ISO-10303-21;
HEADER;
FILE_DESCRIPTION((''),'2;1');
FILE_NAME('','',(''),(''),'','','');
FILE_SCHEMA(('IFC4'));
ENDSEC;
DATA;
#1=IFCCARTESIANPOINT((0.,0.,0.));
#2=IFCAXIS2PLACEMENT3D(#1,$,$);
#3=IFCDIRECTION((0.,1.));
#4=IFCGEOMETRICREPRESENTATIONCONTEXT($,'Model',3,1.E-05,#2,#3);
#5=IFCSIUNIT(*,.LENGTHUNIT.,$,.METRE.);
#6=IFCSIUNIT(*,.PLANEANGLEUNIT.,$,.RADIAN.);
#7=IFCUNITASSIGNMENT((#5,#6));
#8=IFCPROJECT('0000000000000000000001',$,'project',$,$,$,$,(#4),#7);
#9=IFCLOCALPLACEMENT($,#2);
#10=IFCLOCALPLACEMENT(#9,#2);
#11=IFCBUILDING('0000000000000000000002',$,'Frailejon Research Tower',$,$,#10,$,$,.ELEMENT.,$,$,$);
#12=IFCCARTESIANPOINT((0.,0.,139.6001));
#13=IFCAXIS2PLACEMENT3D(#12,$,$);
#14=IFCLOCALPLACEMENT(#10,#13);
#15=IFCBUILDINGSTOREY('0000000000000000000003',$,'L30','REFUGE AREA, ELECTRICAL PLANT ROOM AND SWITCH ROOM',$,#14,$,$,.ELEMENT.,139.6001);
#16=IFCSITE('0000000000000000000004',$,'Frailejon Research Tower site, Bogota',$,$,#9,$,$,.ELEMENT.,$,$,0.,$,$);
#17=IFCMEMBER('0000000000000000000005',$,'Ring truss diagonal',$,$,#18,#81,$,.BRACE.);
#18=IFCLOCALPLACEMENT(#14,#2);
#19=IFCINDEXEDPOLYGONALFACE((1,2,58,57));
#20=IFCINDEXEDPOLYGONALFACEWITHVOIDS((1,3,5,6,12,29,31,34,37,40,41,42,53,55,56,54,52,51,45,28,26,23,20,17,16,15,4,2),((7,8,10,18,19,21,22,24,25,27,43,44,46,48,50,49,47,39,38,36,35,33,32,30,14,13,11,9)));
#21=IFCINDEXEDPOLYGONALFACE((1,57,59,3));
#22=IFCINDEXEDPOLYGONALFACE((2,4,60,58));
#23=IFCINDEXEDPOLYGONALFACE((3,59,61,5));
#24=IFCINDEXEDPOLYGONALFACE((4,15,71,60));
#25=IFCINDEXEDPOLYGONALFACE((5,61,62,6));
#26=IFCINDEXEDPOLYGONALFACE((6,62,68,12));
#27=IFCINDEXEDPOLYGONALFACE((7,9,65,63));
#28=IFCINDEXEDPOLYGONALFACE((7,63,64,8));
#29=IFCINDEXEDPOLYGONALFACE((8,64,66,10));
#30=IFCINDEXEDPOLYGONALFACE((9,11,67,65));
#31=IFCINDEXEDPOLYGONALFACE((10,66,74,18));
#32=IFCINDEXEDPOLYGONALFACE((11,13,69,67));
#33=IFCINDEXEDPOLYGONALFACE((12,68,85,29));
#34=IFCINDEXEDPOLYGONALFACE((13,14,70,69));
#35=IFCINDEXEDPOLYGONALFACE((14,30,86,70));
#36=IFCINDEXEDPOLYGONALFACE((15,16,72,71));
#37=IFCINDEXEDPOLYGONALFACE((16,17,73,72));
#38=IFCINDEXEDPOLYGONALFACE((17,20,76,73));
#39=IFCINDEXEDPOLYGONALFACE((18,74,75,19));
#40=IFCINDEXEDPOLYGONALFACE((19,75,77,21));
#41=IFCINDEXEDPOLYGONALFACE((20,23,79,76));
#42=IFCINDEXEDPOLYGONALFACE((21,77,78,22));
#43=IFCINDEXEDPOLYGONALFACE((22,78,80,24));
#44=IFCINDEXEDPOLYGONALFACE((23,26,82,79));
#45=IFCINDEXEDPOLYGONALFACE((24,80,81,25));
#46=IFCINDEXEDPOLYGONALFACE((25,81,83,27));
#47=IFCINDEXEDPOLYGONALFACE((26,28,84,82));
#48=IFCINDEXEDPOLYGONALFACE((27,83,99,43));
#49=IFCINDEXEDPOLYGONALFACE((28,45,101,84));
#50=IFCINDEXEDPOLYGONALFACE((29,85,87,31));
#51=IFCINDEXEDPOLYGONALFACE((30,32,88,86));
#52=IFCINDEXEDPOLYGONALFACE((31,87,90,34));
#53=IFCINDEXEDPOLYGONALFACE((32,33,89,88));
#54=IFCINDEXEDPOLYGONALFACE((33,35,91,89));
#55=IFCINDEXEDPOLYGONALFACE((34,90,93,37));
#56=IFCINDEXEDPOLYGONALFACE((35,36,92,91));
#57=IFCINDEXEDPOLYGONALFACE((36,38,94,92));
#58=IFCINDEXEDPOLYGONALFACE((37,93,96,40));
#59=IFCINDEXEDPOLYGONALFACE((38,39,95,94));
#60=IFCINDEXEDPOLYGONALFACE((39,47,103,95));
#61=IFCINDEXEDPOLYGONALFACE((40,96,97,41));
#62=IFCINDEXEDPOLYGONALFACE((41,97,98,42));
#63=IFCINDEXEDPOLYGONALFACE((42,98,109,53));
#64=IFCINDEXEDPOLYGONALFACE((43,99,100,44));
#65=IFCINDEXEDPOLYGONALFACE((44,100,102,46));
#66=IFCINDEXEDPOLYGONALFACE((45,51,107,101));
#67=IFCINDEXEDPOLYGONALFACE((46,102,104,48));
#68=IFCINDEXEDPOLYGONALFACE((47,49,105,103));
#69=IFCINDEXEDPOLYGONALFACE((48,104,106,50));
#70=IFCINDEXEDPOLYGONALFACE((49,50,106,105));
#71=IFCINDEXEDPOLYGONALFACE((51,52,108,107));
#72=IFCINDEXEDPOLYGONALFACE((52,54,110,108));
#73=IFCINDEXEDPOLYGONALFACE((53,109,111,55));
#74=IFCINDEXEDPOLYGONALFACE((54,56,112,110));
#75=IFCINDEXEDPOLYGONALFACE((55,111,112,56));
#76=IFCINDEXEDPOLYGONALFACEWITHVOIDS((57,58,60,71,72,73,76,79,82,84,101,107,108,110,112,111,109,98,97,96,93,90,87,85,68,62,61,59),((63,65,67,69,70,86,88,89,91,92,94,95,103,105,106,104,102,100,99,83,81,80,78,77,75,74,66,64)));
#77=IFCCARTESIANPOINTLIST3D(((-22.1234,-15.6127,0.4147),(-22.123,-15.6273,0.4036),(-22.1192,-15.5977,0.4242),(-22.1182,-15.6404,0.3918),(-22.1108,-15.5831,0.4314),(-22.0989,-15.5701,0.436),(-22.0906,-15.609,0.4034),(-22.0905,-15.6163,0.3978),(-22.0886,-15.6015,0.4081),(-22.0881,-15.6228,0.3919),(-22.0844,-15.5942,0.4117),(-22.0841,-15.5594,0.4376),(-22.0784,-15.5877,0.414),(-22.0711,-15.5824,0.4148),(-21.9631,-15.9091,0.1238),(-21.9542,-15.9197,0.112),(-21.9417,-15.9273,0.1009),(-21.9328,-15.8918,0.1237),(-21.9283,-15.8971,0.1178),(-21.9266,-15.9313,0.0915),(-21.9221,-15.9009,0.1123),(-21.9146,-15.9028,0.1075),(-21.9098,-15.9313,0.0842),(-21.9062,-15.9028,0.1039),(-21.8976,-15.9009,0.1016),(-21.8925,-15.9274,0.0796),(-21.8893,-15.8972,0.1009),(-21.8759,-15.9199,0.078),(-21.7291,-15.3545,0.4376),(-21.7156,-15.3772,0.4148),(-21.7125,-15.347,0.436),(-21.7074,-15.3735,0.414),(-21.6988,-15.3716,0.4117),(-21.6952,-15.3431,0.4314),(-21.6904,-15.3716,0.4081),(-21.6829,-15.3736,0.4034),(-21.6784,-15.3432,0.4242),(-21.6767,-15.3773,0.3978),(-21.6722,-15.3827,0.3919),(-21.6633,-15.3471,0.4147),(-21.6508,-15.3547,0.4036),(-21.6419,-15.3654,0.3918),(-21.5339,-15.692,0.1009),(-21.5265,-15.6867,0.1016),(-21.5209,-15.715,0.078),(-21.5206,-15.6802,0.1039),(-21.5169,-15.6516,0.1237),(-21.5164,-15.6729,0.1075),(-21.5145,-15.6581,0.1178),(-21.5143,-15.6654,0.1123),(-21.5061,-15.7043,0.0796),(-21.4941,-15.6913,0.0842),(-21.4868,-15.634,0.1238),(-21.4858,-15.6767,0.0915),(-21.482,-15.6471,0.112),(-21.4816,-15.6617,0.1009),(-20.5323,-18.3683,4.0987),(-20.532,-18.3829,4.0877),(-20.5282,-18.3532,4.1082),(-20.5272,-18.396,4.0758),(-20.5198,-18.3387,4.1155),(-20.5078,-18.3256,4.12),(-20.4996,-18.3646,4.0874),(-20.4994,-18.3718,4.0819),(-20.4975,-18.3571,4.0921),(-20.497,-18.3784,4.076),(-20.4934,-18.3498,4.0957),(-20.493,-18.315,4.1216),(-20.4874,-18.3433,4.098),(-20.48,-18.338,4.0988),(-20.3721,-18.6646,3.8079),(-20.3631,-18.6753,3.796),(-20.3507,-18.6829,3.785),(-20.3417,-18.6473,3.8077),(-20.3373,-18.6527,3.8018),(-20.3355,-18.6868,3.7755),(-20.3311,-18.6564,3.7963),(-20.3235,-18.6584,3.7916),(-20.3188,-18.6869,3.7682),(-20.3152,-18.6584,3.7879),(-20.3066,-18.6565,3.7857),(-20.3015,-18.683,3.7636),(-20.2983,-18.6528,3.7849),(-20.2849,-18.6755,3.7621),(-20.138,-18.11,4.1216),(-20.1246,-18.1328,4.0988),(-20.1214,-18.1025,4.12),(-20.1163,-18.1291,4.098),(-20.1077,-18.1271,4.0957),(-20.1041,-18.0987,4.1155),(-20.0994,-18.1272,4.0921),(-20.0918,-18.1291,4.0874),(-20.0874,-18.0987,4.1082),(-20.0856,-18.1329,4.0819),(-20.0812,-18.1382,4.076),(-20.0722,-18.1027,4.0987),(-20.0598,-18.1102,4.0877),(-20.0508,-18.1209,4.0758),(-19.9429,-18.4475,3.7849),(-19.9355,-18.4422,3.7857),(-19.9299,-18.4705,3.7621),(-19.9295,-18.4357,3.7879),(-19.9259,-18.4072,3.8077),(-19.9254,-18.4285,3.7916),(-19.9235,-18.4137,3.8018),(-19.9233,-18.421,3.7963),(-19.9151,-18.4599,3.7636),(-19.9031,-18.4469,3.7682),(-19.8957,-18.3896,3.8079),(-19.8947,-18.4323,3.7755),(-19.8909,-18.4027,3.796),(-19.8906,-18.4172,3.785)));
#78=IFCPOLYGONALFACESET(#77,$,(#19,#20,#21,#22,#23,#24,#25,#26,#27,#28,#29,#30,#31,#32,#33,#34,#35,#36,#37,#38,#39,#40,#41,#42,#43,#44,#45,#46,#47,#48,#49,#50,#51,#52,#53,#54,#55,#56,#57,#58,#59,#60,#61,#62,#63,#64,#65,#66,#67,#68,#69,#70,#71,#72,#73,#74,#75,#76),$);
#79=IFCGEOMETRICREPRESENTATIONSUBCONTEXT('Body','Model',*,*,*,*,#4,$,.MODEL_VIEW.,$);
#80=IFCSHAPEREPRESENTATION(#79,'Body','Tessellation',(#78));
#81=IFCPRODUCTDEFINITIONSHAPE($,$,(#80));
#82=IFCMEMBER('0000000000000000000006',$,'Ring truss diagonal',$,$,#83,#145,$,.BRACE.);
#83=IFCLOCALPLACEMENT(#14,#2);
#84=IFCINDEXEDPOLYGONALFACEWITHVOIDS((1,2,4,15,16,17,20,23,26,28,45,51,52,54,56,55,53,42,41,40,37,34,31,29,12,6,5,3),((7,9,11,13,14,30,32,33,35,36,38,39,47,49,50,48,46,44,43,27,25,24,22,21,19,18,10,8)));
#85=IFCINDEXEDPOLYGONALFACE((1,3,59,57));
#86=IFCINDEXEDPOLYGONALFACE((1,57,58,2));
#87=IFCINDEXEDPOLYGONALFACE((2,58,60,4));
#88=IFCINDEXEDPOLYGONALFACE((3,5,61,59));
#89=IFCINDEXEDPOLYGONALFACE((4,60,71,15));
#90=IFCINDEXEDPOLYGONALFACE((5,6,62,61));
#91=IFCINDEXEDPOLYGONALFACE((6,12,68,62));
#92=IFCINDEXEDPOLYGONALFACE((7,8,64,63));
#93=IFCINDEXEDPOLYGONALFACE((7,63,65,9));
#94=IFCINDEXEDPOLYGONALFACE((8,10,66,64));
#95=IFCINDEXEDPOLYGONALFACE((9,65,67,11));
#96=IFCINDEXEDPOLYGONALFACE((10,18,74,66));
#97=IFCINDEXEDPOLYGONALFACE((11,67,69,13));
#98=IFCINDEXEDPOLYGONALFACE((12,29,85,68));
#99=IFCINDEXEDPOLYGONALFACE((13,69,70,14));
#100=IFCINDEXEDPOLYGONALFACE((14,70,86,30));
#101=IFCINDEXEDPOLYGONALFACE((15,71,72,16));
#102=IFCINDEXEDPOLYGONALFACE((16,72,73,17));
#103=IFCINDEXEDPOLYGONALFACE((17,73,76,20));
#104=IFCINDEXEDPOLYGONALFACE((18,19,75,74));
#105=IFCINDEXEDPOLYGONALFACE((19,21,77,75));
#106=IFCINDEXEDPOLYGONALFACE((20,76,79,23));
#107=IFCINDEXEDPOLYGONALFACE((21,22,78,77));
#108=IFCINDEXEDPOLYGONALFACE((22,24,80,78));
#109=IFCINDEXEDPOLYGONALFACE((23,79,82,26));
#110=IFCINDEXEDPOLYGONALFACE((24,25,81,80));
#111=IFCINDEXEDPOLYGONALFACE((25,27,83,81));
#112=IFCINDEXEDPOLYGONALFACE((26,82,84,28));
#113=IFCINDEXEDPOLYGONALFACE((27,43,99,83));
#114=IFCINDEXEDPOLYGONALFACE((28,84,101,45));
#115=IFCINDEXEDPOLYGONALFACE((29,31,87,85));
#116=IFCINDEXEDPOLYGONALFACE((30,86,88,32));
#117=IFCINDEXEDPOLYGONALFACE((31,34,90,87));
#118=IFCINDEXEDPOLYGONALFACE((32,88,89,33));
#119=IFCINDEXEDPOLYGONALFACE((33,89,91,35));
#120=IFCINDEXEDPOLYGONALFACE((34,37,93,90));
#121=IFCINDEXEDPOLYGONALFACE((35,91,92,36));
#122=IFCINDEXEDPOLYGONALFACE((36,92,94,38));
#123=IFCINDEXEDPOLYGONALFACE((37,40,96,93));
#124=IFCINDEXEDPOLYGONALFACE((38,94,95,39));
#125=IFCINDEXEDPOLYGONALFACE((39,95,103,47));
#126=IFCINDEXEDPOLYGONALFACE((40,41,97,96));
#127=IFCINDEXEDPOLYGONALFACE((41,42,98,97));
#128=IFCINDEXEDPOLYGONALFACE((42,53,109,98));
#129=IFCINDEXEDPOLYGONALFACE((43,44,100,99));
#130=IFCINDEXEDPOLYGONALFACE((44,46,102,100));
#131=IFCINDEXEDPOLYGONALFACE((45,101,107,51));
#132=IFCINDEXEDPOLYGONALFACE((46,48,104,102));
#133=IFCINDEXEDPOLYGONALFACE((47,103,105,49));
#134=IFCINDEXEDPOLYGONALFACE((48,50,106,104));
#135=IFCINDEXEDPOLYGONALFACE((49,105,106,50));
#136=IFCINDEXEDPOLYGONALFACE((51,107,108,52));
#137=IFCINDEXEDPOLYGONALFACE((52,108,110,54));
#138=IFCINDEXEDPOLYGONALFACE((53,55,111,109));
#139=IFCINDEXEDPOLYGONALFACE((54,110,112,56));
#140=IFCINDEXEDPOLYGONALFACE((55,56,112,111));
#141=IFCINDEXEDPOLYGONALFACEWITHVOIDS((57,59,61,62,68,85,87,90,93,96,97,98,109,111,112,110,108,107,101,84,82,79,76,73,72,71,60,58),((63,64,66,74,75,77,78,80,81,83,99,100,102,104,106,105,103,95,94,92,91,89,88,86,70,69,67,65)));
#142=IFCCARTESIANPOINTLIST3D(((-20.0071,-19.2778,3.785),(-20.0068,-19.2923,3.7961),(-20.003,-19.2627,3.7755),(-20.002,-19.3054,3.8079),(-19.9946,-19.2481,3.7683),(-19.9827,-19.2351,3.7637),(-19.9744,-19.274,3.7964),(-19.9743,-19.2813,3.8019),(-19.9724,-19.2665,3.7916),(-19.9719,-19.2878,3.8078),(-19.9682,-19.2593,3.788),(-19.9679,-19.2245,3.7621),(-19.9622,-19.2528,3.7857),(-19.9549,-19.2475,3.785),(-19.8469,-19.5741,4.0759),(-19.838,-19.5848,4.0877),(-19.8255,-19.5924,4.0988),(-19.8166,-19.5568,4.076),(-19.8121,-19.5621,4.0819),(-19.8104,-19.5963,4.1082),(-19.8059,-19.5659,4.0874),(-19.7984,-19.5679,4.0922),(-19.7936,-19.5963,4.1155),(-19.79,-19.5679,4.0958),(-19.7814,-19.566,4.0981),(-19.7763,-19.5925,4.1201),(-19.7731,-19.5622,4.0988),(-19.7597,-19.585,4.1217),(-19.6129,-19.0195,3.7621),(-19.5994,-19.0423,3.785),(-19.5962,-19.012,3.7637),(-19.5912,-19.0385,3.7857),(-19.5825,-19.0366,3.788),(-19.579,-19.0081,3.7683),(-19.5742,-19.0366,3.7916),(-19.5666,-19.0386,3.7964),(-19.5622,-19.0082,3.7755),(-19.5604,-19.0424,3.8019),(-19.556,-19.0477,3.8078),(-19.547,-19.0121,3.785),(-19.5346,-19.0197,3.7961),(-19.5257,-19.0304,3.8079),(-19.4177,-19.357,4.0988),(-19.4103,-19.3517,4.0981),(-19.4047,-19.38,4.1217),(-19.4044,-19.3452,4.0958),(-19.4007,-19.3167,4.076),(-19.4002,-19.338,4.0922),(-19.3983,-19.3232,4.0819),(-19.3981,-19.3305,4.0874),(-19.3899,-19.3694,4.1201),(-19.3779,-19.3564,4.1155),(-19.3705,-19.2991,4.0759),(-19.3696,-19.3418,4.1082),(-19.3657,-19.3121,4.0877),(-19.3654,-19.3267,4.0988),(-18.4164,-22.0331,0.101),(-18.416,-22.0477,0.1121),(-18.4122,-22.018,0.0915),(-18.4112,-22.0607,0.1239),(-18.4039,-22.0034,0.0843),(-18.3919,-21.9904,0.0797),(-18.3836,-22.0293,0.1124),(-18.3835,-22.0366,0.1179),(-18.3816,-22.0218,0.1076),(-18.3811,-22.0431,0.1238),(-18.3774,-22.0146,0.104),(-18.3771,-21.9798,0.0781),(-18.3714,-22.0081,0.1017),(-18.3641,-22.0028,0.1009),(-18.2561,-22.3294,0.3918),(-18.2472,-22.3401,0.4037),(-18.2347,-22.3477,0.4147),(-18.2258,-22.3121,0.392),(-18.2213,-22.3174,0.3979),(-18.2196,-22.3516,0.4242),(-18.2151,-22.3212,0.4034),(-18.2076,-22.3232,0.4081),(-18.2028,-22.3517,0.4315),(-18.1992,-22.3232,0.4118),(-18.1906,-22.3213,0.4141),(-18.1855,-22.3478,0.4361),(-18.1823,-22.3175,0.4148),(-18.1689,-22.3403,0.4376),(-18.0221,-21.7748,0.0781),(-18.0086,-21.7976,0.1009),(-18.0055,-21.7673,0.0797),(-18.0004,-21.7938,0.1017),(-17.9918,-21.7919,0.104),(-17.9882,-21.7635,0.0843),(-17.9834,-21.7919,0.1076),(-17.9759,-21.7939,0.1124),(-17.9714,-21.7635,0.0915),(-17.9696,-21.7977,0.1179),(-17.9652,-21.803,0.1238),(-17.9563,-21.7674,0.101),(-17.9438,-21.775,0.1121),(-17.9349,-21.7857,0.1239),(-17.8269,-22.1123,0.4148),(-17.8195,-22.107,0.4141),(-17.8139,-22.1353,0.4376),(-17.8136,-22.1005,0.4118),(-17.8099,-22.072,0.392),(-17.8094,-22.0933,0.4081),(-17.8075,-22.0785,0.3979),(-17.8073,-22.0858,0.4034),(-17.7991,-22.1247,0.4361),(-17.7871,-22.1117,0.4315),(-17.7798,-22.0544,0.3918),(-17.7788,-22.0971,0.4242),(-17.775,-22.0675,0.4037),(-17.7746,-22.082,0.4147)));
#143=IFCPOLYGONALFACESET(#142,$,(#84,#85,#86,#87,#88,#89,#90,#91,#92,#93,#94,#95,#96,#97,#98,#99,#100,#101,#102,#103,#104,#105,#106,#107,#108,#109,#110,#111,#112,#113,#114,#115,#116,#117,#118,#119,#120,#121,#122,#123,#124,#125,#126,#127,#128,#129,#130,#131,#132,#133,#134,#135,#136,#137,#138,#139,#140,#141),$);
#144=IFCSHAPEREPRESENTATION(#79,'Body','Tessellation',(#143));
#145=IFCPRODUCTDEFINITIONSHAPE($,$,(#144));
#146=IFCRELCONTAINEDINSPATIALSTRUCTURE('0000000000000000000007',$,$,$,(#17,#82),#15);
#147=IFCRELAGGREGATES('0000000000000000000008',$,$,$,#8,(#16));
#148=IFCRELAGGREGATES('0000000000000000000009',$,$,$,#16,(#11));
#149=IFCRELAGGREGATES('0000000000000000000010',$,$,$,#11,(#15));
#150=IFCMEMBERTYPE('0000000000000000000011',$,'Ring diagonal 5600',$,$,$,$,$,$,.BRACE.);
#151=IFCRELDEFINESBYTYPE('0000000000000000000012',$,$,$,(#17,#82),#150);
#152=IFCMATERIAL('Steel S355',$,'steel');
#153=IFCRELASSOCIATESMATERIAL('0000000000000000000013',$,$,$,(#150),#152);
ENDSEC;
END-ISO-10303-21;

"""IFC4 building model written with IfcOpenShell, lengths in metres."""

from ifc_helpers import new_model, si_unit, direction, frame, origin, origin_2d, place, context, subcontext, project, spatial, hollow_rectangle, extrude, material, material_profile, profile_set, type_object, element, save


model = new_model("IFC4")

# Units and contexts
model_context = context("Model", 3, precision=1e-05, world=origin(), true_north=direction((0.0, 1.0)))
body_context = subcontext(model_context, "Body", "Model", "MODEL_VIEW")
ifc_project = project(units=[si_unit("LENGTHUNIT", "METRE"), si_unit("PLANEANGLEUNIT", "RADIAN")], contexts=[model_context])

# Site, building, storey
site_placement = place(None, origin())
site = spatial("IfcSite", under=ifc_project, at=site_placement, Name="Frailejon Research Tower site, Bogota", CompositionType="ELEMENT", RefElevation=0.0)
building_placement = place(site_placement, origin())
building = spatial("IfcBuilding", under=site, at=building_placement, Name="Frailejon Research Tower", CompositionType="ELEMENT")
storey_placement = place(building_placement, frame((0.0, 0.0, 139.6001)))
storey = spatial("IfcBuildingStorey", under=building, at=storey_placement, Name="L30", Description="REFUGE AREA, ELECTRICAL PLANT ROOM AND SWITCH ROOM", CompositionType="ELEMENT", Elevation=139.6001)

# Members
ifc_material_1 = material(Name="Steel S355", Category="steel")
ifc_material_profile_1 = material_profile(ifc_material_1, hollow_rectangle(XDim=0.55, YDim=0.55, WallThickness=0.0349, InnerFilletRadius=0.0349, OuterFilletRadius=0.0701, at=origin_2d()), Name="Ring diagonal 5600")
ifc_profile_set_1 = profile_set([ifc_material_profile_1], Name="Steel S355")
member_type = type_object("IfcMemberType", Name="Ring diagonal 5600", PredefinedType="BRACE", material=ifc_profile_set_1)
member_1_placement = place(storey_placement, frame((-21.8025, -15.6372, 0.2578), z_axis=(0.326842, -0.566068, 0.756797), x_axis=(0.866011, 0.500026, 0.0)))
element("IfcMember", 1, at=member_1_placement, inside=storey, type_object=member_type, Name="Ring truss diagonal", PredefinedType="BRACE", context=body_context, shape_type="SweptSolid", body=[
    extrude(hollow_rectangle(XDim=0.55, YDim=0.55, WallThickness=0.0349, InnerFilletRadius=0.0349, OuterFilletRadius=0.0701, at=origin_2d()), origin(), (0.0, 0.0, 1.0), 4.8679),
])
member_2_placement = place(storey_placement, frame((-19.6863, -19.3022, 3.9419), z_axis=(0.326806, -0.566043, -0.756831), x_axis=(0.866025, 0.500001, 0.0)))
element("IfcMember", 2, at=member_2_placement, inside=storey, type_object=member_type, Name="Ring truss diagonal", PredefinedType="BRACE", context=body_context, shape_type="SweptSolid", body=[
    extrude(hollow_rectangle(XDim=0.55, YDim=0.55, WallThickness=0.0349, InnerFilletRadius=0.0349, OuterFilletRadius=0.0701, at=origin_2d()), origin(), (0.0, 0.0, 1.0), 4.8677),
])

save(model, "model.ifc")
